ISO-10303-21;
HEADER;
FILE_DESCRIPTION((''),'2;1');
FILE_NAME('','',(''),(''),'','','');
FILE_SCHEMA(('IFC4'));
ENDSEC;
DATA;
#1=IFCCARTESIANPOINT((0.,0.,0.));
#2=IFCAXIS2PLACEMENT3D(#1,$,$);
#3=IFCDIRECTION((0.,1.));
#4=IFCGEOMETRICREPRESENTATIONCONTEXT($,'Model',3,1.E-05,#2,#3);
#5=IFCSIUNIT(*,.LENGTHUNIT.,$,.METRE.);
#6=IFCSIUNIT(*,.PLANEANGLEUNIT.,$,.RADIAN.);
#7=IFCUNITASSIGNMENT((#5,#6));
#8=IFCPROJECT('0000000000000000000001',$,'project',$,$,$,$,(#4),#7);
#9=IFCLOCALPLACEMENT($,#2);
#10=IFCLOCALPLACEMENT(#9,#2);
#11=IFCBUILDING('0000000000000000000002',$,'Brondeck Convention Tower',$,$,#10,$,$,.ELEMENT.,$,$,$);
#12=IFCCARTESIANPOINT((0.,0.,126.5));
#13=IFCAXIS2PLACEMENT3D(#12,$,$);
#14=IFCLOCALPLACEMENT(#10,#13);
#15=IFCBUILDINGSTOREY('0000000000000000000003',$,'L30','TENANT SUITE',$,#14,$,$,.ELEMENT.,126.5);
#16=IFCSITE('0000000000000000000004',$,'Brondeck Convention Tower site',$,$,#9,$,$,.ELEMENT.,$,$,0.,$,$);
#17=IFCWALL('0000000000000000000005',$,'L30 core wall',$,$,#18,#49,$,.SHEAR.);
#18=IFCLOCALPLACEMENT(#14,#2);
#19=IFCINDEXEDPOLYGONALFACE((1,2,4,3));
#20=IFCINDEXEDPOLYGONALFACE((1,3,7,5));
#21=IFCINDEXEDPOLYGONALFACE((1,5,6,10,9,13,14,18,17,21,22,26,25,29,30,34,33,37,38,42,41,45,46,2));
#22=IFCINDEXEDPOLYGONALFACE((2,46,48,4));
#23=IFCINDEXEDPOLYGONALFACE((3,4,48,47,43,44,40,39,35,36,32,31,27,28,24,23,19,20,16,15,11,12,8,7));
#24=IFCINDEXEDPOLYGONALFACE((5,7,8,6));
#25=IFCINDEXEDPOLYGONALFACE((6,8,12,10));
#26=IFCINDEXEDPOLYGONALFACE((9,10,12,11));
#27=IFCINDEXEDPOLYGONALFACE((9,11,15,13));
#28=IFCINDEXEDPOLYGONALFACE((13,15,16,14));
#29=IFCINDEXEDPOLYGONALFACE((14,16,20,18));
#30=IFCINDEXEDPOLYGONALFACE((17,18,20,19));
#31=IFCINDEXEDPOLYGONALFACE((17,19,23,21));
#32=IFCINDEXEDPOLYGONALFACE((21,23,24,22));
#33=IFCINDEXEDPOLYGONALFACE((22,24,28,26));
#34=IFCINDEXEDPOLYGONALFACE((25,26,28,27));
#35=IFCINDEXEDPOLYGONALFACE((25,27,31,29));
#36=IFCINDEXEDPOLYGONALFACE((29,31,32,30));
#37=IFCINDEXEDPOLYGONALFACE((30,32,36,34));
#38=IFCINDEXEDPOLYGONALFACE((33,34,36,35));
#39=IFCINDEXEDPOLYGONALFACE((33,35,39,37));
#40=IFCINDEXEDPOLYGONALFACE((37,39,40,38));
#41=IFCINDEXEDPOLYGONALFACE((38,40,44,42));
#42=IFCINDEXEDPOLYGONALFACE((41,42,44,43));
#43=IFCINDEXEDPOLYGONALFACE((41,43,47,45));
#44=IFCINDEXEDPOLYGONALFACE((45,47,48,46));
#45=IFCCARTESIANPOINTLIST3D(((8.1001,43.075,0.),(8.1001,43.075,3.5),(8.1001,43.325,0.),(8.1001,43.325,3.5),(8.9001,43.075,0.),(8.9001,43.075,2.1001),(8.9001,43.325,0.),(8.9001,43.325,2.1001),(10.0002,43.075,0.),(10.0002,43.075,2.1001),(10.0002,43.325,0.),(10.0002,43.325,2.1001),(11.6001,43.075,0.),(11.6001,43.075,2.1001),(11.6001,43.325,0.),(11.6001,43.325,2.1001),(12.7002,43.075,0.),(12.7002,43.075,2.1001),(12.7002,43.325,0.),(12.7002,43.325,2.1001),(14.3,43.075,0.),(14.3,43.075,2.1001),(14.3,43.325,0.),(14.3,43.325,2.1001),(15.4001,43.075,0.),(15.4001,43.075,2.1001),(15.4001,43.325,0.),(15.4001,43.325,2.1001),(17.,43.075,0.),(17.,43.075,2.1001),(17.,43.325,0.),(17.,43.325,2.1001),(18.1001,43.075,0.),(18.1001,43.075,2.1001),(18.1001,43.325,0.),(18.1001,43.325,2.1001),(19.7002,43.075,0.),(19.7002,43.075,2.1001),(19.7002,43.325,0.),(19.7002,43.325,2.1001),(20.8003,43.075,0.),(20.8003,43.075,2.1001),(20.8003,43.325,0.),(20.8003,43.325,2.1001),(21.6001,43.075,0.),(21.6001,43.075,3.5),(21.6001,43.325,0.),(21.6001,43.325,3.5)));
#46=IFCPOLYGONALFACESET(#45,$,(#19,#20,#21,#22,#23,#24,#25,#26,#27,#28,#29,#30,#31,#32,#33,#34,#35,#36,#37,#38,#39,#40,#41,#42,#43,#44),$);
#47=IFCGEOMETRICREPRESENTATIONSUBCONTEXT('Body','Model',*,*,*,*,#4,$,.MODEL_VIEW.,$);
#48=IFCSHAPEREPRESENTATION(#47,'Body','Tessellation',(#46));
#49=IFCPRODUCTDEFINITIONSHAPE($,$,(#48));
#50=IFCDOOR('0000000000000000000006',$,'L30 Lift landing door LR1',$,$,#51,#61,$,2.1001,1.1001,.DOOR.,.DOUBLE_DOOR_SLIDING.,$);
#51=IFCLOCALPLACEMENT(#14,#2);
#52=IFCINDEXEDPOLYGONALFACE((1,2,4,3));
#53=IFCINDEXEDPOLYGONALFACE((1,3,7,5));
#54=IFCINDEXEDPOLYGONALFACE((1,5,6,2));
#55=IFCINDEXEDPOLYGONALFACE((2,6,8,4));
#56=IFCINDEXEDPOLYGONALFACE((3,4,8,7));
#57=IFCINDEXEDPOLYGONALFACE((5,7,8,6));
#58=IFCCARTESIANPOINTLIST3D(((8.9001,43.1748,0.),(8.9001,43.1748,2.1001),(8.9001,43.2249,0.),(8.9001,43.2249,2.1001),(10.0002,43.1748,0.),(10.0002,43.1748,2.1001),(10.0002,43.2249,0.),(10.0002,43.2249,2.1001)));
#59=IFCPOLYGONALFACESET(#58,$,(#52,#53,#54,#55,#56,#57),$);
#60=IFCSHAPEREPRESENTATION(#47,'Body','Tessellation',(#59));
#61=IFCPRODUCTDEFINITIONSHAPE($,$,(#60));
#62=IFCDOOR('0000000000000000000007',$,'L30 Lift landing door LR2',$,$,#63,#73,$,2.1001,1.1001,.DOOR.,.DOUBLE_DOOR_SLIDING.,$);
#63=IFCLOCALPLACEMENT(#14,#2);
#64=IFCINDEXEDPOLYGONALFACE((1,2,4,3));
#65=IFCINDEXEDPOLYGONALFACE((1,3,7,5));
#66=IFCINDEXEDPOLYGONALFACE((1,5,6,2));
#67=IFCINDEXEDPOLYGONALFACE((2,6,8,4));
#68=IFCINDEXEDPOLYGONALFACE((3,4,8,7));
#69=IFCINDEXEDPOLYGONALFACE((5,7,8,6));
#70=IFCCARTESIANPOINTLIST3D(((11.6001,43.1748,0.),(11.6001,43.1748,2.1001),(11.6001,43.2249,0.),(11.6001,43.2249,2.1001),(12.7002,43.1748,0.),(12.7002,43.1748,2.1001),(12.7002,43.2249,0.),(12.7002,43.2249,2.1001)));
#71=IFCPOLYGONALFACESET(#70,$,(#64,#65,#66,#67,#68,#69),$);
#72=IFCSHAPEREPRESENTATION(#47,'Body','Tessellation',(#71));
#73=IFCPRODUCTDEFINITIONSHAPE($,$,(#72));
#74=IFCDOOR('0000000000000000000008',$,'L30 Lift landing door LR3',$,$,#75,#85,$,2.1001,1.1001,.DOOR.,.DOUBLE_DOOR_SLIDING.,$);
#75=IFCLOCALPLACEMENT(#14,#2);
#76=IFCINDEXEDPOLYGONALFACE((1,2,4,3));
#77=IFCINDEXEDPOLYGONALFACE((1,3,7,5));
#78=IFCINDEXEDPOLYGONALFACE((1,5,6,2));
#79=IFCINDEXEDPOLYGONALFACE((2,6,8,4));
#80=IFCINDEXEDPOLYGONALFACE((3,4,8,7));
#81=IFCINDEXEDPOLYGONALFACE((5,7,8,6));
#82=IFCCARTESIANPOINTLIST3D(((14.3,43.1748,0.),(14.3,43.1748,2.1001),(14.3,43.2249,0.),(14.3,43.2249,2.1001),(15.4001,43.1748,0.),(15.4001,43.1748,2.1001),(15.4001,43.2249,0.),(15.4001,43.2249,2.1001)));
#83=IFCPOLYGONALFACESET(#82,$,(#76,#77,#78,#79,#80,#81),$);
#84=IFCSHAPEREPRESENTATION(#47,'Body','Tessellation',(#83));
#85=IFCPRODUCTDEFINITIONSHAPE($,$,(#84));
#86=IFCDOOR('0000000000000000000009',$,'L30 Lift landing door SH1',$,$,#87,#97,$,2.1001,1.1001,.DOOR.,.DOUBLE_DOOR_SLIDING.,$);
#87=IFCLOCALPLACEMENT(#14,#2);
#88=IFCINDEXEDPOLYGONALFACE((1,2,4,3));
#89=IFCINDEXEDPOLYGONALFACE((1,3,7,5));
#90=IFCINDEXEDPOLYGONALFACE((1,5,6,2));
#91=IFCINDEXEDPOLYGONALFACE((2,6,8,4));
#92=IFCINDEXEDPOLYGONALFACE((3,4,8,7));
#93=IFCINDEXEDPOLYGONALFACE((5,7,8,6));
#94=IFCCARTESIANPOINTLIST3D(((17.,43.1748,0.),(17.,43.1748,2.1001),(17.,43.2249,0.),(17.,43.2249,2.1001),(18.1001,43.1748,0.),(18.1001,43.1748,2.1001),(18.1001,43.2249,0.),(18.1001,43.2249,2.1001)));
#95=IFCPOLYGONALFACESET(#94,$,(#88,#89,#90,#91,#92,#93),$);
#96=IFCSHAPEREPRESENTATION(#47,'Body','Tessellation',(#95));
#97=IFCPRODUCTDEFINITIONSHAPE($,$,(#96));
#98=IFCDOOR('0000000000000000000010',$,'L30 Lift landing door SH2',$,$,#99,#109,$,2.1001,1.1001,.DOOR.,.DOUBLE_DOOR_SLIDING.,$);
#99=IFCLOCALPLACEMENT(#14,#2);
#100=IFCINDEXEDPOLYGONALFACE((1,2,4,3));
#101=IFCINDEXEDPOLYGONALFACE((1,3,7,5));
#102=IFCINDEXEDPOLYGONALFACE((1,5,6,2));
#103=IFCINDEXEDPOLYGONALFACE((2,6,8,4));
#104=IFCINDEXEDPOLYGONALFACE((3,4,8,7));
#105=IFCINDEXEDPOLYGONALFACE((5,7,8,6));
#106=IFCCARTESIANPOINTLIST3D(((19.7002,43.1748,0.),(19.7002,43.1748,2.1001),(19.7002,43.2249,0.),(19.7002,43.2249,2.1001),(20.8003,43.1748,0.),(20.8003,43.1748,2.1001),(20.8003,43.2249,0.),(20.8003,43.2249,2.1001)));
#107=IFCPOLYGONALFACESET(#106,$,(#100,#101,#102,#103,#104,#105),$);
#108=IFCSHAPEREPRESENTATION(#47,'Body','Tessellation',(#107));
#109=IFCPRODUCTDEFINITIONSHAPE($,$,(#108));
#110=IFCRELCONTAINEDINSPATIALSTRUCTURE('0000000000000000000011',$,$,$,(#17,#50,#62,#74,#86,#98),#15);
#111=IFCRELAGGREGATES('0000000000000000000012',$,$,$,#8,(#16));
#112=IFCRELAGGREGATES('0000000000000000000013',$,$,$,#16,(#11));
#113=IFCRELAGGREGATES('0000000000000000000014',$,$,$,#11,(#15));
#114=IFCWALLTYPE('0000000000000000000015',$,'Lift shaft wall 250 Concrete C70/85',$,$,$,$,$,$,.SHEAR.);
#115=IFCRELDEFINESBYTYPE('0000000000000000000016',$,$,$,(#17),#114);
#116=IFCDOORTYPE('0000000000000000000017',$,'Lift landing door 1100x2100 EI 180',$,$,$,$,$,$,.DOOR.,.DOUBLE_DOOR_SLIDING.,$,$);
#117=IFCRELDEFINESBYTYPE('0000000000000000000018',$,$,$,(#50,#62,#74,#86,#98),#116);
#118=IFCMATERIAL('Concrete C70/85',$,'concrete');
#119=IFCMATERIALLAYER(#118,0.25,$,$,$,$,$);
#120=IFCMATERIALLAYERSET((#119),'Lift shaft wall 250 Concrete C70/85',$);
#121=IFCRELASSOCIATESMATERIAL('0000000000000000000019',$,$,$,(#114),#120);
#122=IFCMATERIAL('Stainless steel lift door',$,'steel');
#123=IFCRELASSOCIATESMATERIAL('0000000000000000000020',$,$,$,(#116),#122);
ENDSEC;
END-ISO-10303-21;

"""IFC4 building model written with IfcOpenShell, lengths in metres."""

from ifc_helpers import new_model, si_unit, direction, frame, frame_2d, origin, place, context, subcontext, project, spatial, rectangle, extrude, material, layer, layer_set, type_object, element, fill, save


model = new_model("IFC4")

# Units and contexts
model_context = context("Model", 3, precision=1e-05, world=origin(), true_north=direction((0.0, 1.0)))
body_context = subcontext(model_context, "Body", "Model", "MODEL_VIEW")
ifc_project = project(units=[si_unit("LENGTHUNIT", "METRE"), si_unit("PLANEANGLEUNIT", "RADIAN")], contexts=[model_context])

# Site, building, storey
site_placement = place(None, origin())
site = spatial("IfcSite", under=ifc_project, at=site_placement, Name="Brondeck Convention Tower site", CompositionType="ELEMENT", RefElevation=0.0)
building_placement = place(site_placement, origin())
building = spatial("IfcBuilding", under=site, at=building_placement, Name="Brondeck Convention Tower", CompositionType="ELEMENT")
storey_placement = place(building_placement, frame((0.0, 0.0, 126.5)))
storey = spatial("IfcBuildingStorey", under=building, at=storey_placement, Name="L30", Description="TENANT SUITE", CompositionType="ELEMENT", Elevation=126.5)

# Wall, openings, doors
ifc_material_1 = material(Name="Concrete C70/85", Category="concrete")
ifc_layer_1 = layer(ifc_material_1, 0.25)
ifc_layer_set_1 = layer_set([ifc_layer_1], Name="Lift shaft wall 250 Concrete C70/85")
wall_type_1 = type_object("IfcWallType", Name="Lift shaft wall 250 Concrete C70/85", PredefinedType="SHEAR", material=ifc_layer_set_1)
wall_1_placement = place(storey_placement, frame((8.1001, 43.2, 0.0), z_axis=(0.0, 0.0, 1.0), x_axis=(1.0, 0.0, 0.0)))
wall_1 = element("IfcWall", 1, at=wall_1_placement, inside=storey, type_object=wall_type_1, Name="L30 core wall", PredefinedType="SHEAR", context=body_context, shape_type="SweptSolid", body=[
    extrude(rectangle(XDim=13.5, YDim=0.25, at=frame_2d((6.75, 0.0))), origin(), (0.0, 0.0, 1.0), 3.5),
])
opening_1_placement = place(wall_1_placement, frame((0.8, 0.0, 0.0)))
opening_1 = element("IfcOpeningElement", 2, at=opening_1_placement, cuts=wall_1, PredefinedType="OPENING", context=body_context, shape_type="SweptSolid", body=[
    extrude(rectangle(XDim=1.1001, YDim=2.1001, at=frame_2d((0.55, 1.05))), frame((0.0, 0.135, 0.0), z_axis=(0.0, -1.0, 0.0), x_axis=(1.0, 0.0, 0.0)), (0.0, 0.0, 1.0), 0.27),
])
opening_2_placement = place(wall_1_placement, frame((3.5, 0.0, 0.0)))
opening_2 = element("IfcOpeningElement", 3, at=opening_2_placement, cuts=wall_1, PredefinedType="OPENING", context=body_context, shape_type="SweptSolid", body=[
    extrude(rectangle(XDim=1.1001, YDim=2.1001, at=frame_2d((0.55, 1.05))), frame((0.0, 0.135, 0.0), z_axis=(0.0, -1.0, 0.0), x_axis=(1.0, 0.0, 0.0)), (0.0, 0.0, 1.0), 0.27),
])
opening_3_placement = place(wall_1_placement, frame((6.2, 0.0, 0.0)))
opening_3 = element("IfcOpeningElement", 4, at=opening_3_placement, cuts=wall_1, PredefinedType="OPENING", context=body_context, shape_type="SweptSolid", body=[
    extrude(rectangle(XDim=1.1001, YDim=2.1001, at=frame_2d((0.55, 1.05))), frame((0.0, 0.135, 0.0), z_axis=(0.0, -1.0, 0.0), x_axis=(1.0, 0.0, 0.0)), (0.0, 0.0, 1.0), 0.27),
])
opening_4_placement = place(wall_1_placement, frame((8.8999, 0.0, 0.0)))
opening_4 = element("IfcOpeningElement", 5, at=opening_4_placement, cuts=wall_1, PredefinedType="OPENING", context=body_context, shape_type="SweptSolid", body=[
    extrude(rectangle(XDim=1.1001, YDim=2.1001, at=frame_2d((0.55, 1.05))), frame((0.0, 0.135, 0.0), z_axis=(0.0, -1.0, 0.0), x_axis=(1.0, 0.0, 0.0)), (0.0, 0.0, 1.0), 0.27),
])
opening_5_placement = place(wall_1_placement, frame((11.6001, 0.0, 0.0)))
opening_5 = element("IfcOpeningElement", 6, at=opening_5_placement, cuts=wall_1, PredefinedType="OPENING", context=body_context, shape_type="SweptSolid", body=[
    extrude(rectangle(XDim=1.1001, YDim=2.1001, at=frame_2d((0.55, 1.05))), frame((0.0, 0.135, 0.0), z_axis=(0.0, -1.0, 0.0), x_axis=(1.0, 0.0, 0.0)), (0.0, 0.0, 1.0), 0.27),
])
ifc_material_2 = material(Name="Stainless steel lift door", Category="steel")
door_type_1 = type_object("IfcDoorType", Name="Lift landing door 1100x2100 EI 180", OperationType="DOUBLE_DOOR_SLIDING", PredefinedType="DOOR", material=ifc_material_2)
door_1_placement = place(opening_1_placement, origin())
door_1 = element("IfcDoor", 7, at=door_1_placement, inside=storey, type_object=door_type_1, Name="L30 Lift landing door LR1", OperationType="DOUBLE_DOOR_SLIDING", OverallHeight=2.1001, OverallWidth=1.1001, PredefinedType="DOOR", context=body_context, shape_type="SweptSolid", body=[
    extrude(rectangle(XDim=1.1001, YDim=2.1001, at=frame_2d((0.55, 1.05))), frame((0.0, 0.0249, 0.0), z_axis=(0.0, -1.0, 0.0), x_axis=(1.0, 0.0, 0.0)), (0.0, 0.0, 1.0), 0.05),
])
fill(opening_1, door_1)
door_2_placement = place(opening_2_placement, origin())
door_2 = element("IfcDoor", 8, at=door_2_placement, inside=storey, type_object=door_type_1, Name="L30 Lift landing door LR2", OperationType="DOUBLE_DOOR_SLIDING", OverallHeight=2.1001, OverallWidth=1.1001, PredefinedType="DOOR", context=body_context, shape_type="SweptSolid", body=[
    extrude(rectangle(XDim=1.1001, YDim=2.1001, at=frame_2d((0.55, 1.05))), frame((0.0, 0.0249, 0.0), z_axis=(0.0, -1.0, 0.0), x_axis=(1.0, 0.0, 0.0)), (0.0, 0.0, 1.0), 0.05),
])
fill(opening_2, door_2)
door_3_placement = place(opening_3_placement, origin())
door_3 = element("IfcDoor", 9, at=door_3_placement, inside=storey, type_object=door_type_1, Name="L30 Lift landing door LR3", OperationType="DOUBLE_DOOR_SLIDING", OverallHeight=2.1001, OverallWidth=1.1001, PredefinedType="DOOR", context=body_context, shape_type="SweptSolid", body=[
    extrude(rectangle(XDim=1.1001, YDim=2.1001, at=frame_2d((0.55, 1.05))), frame((0.0, 0.0249, 0.0), z_axis=(0.0, -1.0, 0.0), x_axis=(1.0, 0.0, 0.0)), (0.0, 0.0, 1.0), 0.05),
])
fill(opening_3, door_3)
door_4_placement = place(opening_4_placement, origin())
door_4 = element("IfcDoor", 10, at=door_4_placement, inside=storey, type_object=door_type_1, Name="L30 Lift landing door SH1", OperationType="DOUBLE_DOOR_SLIDING", OverallHeight=2.1001, OverallWidth=1.1001, PredefinedType="DOOR", context=body_context, shape_type="SweptSolid", body=[
    extrude(rectangle(XDim=1.1001, YDim=2.1001, at=frame_2d((0.55, 1.05))), frame((0.0, 0.0249, 0.0), z_axis=(0.0, -1.0, 0.0), x_axis=(1.0, 0.0, 0.0)), (0.0, 0.0, 1.0), 0.05),
])
fill(opening_4, door_4)
door_5_placement = place(opening_5_placement, origin())
door_5 = element("IfcDoor", 11, at=door_5_placement, inside=storey, type_object=door_type_1, Name="L30 Lift landing door SH2", OperationType="DOUBLE_DOOR_SLIDING", OverallHeight=2.1001, OverallWidth=1.1001, PredefinedType="DOOR", context=body_context, shape_type="SweptSolid", body=[
    extrude(rectangle(XDim=1.1001, YDim=2.1001, at=frame_2d((0.55, 1.05))), frame((0.0, 0.0249, 0.0), z_axis=(0.0, -1.0, 0.0), x_axis=(1.0, 0.0, 0.0)), (0.0, 0.0, 1.0), 0.05),
])
fill(opening_5, door_5)

save(model, "model.ifc")
